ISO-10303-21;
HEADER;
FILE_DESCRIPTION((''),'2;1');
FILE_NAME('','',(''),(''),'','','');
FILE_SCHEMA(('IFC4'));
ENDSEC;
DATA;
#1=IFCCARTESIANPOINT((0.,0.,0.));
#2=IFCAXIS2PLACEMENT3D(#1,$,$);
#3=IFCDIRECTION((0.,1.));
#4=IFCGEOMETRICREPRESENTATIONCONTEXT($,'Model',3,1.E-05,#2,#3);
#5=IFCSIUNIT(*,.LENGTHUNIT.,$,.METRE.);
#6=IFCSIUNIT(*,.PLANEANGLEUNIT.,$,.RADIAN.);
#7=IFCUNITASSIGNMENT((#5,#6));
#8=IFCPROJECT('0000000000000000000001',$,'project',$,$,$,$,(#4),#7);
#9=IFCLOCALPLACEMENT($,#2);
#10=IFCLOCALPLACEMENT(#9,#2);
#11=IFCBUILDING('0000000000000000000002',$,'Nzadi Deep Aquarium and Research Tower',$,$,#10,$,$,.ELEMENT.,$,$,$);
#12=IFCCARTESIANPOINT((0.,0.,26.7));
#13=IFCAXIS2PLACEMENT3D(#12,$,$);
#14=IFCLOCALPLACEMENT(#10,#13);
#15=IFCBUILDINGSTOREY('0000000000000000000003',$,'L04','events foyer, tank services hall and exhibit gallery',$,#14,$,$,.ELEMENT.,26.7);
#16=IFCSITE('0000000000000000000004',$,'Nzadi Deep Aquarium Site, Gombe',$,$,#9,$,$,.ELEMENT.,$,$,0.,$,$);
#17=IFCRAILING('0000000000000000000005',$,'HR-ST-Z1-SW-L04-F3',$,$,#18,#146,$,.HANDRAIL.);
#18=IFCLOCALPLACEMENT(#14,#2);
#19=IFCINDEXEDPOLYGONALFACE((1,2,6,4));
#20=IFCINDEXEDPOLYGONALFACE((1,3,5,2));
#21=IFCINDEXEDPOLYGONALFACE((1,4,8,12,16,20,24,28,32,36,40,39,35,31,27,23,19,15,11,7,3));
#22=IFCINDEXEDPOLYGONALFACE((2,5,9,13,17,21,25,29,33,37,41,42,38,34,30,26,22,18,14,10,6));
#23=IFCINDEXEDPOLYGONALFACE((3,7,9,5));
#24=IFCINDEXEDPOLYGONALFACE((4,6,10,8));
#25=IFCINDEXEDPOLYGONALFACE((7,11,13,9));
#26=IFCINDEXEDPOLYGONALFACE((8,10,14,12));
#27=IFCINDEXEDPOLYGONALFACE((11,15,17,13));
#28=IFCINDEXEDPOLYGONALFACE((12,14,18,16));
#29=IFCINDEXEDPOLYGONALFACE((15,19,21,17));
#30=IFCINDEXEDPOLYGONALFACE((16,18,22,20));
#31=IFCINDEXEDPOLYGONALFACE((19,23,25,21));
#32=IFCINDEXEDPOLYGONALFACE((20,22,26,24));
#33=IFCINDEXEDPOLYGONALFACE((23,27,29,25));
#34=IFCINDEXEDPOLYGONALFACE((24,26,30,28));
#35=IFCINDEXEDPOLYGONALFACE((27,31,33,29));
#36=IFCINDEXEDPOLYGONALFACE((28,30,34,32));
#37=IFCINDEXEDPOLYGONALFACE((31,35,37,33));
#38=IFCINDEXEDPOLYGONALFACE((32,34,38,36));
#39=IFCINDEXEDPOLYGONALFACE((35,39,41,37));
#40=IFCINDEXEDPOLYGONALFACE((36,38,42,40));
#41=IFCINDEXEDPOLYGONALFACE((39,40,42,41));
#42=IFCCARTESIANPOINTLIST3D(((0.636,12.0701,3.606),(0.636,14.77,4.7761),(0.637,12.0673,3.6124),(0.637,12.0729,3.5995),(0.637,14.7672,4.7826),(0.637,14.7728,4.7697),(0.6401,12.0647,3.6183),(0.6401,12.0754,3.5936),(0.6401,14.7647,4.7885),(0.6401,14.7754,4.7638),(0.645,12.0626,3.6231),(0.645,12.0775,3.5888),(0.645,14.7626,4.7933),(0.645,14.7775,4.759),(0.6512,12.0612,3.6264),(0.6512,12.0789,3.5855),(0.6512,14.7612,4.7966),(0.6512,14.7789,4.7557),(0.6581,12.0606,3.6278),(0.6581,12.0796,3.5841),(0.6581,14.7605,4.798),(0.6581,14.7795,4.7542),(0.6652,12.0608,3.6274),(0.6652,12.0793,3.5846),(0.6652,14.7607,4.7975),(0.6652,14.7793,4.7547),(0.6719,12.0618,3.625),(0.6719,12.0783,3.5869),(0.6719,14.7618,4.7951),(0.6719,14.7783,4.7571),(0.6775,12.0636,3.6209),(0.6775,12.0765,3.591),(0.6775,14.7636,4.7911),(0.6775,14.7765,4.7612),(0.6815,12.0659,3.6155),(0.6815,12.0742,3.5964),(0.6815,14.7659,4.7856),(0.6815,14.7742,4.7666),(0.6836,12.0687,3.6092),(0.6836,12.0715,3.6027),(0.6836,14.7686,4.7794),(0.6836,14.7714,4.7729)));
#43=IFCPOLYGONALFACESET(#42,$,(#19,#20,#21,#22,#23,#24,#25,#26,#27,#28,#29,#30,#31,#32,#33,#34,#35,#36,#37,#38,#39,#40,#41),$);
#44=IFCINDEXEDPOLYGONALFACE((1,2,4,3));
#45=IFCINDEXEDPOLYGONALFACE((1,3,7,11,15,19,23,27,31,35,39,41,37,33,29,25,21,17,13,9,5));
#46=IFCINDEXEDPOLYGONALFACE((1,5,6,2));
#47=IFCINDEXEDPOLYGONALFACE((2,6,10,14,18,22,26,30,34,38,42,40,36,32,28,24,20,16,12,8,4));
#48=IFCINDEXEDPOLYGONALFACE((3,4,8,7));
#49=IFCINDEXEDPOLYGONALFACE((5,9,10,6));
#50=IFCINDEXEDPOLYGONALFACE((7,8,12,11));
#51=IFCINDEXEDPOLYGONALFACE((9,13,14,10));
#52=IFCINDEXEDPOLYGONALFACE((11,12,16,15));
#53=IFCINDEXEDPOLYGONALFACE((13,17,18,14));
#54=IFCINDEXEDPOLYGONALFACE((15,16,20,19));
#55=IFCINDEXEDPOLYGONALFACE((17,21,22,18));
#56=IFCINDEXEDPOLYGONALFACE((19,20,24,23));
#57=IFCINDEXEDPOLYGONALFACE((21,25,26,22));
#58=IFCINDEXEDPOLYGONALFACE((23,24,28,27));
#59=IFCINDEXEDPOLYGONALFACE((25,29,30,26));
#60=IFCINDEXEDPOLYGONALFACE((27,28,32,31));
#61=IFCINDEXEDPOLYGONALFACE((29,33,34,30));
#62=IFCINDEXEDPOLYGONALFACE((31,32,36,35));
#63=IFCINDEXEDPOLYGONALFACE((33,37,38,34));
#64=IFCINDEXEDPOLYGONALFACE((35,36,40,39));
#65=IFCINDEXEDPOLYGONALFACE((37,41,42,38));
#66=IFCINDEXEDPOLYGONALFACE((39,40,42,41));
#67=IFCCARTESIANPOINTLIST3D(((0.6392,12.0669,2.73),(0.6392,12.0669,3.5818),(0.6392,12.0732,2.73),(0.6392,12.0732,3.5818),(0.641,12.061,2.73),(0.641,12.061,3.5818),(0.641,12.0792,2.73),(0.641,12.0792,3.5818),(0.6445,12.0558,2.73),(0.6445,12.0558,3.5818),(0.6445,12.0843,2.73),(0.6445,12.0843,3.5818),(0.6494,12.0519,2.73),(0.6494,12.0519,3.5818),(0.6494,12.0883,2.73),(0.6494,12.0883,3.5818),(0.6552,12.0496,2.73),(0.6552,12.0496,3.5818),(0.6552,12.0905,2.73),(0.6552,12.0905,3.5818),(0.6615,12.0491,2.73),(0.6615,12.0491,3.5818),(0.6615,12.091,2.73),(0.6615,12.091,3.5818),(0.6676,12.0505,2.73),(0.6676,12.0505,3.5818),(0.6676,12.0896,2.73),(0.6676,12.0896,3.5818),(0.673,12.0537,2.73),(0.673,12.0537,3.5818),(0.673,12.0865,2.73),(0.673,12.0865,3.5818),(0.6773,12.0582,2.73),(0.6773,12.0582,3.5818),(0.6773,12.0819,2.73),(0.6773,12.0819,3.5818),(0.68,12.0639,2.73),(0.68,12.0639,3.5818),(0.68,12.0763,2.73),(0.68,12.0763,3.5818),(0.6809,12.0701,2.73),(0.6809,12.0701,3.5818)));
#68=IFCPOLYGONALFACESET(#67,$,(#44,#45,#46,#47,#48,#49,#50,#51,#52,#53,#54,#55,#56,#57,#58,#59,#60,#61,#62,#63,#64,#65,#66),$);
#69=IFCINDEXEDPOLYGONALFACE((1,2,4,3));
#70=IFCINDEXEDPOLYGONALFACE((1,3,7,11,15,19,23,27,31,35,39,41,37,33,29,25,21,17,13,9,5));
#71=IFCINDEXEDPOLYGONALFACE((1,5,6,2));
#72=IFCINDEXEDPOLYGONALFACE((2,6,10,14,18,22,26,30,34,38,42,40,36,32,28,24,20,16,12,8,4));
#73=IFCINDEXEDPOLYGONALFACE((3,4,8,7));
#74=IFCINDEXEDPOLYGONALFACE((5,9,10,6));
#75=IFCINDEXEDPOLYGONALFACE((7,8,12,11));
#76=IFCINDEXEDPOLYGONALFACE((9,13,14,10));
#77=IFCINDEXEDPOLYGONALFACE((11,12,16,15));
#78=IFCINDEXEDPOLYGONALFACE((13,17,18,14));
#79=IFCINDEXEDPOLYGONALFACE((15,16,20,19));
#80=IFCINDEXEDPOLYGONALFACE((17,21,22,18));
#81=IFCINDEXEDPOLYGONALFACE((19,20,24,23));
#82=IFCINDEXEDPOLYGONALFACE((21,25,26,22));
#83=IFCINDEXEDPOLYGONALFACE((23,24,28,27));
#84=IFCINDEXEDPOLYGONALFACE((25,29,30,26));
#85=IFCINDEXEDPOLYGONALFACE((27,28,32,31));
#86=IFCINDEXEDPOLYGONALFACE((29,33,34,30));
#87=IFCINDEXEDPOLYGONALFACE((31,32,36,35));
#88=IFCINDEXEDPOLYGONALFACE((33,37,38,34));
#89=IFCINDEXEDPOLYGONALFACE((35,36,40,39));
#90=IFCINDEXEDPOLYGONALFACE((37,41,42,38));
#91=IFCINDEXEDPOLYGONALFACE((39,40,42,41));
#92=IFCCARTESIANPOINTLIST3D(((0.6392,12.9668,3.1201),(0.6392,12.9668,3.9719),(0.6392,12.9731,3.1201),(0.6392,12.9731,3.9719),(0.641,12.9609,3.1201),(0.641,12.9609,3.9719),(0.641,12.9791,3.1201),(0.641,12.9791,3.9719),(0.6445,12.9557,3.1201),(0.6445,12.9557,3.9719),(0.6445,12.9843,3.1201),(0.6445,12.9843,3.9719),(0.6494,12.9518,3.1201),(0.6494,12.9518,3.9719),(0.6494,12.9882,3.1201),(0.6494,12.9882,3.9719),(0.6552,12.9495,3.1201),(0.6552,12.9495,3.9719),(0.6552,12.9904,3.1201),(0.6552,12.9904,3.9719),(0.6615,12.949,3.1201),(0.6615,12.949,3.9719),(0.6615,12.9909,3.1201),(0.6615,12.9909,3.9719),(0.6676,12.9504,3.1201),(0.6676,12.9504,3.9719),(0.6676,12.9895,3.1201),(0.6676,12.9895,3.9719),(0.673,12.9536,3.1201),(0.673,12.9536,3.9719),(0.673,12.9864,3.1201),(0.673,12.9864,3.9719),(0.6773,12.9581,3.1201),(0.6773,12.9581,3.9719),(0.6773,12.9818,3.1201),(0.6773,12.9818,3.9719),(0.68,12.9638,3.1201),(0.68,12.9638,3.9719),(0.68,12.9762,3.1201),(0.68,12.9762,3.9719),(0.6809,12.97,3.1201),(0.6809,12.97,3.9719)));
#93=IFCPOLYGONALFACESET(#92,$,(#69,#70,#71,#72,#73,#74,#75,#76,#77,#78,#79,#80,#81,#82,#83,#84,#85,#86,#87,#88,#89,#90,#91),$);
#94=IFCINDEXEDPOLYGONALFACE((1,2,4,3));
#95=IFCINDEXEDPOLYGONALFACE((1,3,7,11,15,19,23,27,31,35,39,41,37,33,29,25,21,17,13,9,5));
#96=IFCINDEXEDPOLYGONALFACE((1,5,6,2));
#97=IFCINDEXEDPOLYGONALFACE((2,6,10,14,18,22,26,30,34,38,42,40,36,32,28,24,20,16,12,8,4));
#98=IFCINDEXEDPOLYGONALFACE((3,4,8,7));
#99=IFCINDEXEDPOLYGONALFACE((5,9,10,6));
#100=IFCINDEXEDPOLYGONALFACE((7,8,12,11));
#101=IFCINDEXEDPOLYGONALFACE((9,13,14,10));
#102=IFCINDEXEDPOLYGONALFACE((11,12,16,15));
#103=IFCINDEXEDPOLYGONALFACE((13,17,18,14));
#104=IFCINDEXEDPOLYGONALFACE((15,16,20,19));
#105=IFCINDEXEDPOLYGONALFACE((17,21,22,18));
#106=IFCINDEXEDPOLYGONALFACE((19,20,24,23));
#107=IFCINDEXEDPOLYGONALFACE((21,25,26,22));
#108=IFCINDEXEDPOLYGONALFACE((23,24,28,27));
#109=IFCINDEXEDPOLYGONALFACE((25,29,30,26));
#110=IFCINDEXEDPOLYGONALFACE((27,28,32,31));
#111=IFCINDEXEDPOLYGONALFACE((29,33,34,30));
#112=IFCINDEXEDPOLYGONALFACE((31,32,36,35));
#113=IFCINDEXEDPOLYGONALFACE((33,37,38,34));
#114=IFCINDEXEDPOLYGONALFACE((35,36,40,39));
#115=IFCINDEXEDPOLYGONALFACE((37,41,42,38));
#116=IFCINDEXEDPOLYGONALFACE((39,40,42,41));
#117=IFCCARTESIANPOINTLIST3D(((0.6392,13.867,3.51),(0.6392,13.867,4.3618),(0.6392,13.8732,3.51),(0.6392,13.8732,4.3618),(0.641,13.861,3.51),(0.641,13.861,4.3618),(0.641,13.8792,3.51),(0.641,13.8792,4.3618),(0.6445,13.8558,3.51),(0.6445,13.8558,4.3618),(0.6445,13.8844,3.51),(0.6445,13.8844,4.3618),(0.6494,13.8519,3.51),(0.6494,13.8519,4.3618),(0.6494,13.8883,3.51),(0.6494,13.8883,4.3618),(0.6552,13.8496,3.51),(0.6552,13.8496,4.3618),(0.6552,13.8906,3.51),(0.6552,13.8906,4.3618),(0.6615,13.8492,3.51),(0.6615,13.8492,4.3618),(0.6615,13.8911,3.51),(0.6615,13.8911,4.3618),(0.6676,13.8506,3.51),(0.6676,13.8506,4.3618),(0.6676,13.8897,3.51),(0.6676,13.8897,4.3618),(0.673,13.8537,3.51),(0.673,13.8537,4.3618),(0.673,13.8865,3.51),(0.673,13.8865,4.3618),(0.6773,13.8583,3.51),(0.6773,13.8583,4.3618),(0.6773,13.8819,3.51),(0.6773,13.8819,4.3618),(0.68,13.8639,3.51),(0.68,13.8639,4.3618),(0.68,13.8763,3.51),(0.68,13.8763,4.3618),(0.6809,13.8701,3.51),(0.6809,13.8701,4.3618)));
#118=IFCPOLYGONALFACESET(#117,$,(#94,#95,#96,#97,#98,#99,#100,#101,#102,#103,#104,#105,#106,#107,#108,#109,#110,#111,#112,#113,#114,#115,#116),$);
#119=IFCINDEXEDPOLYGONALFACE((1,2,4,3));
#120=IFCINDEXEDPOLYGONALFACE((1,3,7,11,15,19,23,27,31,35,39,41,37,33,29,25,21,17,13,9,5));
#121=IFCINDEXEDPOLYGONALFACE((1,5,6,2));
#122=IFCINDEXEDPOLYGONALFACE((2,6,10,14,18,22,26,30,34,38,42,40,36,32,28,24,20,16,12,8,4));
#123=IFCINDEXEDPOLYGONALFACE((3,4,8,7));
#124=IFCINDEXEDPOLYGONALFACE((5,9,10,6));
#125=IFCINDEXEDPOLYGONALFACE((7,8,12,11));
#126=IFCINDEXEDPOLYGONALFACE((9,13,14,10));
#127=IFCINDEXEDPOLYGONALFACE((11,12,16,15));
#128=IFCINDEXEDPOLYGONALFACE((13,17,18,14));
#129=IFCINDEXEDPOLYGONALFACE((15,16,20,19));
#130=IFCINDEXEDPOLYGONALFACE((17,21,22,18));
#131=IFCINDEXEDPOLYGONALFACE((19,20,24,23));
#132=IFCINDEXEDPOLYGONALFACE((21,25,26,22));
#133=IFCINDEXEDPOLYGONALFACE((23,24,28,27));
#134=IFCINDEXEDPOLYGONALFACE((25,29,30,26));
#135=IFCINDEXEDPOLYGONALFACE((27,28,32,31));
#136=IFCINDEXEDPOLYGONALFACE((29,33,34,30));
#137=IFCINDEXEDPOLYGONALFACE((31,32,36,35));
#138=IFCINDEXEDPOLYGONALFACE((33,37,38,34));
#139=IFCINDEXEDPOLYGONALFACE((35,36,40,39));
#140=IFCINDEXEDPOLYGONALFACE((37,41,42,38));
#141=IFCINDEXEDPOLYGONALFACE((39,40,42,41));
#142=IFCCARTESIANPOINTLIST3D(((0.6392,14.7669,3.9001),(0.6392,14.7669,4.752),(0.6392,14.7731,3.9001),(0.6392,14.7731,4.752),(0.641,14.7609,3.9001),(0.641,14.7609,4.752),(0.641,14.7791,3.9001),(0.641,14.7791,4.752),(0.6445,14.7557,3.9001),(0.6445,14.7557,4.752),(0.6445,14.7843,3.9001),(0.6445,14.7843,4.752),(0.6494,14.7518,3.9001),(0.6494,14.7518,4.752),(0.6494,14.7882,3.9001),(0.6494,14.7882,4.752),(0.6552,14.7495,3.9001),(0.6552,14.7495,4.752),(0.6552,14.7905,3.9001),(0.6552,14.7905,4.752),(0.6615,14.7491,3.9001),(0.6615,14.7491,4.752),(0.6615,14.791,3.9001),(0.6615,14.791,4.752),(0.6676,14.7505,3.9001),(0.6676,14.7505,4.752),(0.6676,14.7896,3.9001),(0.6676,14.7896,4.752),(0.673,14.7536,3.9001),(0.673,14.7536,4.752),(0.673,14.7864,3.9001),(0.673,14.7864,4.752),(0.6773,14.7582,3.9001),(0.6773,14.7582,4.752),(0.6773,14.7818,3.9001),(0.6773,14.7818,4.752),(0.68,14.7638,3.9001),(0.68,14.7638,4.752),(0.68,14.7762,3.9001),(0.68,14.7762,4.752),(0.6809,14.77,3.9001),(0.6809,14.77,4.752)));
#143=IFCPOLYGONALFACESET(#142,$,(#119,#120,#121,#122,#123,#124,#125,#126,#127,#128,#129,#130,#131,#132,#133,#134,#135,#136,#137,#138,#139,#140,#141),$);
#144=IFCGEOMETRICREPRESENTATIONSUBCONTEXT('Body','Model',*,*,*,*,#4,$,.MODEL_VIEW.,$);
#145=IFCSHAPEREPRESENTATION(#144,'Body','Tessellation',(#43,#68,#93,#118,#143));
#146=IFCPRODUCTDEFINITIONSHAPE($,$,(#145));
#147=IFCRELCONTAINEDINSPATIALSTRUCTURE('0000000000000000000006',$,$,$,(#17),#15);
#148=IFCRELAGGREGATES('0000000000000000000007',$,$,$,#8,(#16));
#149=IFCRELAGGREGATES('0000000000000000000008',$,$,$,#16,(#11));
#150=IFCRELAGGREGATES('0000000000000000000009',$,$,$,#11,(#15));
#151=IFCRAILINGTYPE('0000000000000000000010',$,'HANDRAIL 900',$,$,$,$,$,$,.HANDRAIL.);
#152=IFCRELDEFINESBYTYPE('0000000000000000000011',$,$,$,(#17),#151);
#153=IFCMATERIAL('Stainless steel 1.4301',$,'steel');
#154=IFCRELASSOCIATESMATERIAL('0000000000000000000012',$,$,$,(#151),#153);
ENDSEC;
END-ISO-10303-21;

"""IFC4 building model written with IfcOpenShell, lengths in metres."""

from ifc_helpers import new_model, si_unit, direction, frame, origin, origin_2d, place, context, subcontext, project, spatial, circle, extrude, material, type_object, element, save


model = new_model("IFC4")

# Units and contexts
model_context = context("Model", 3, precision=1e-05, world=origin(), true_north=direction((0.0, 1.0)))
body_context = subcontext(model_context, "Body", "Model", "MODEL_VIEW")
ifc_project = project(units=[si_unit("LENGTHUNIT", "METRE"), si_unit("PLANEANGLEUNIT", "RADIAN")], contexts=[model_context])

# Site, building, storey
site_placement = place(None, origin())
site = spatial("IfcSite", under=ifc_project, at=site_placement, Name="Nzadi Deep Aquarium Site, Gombe", CompositionType="ELEMENT", RefElevation=0.0)
building_placement = place(site_placement, origin())
building = spatial("IfcBuilding", under=site, at=building_placement, Name="Nzadi Deep Aquarium and Research Tower", CompositionType="ELEMENT")
storey_placement = place(building_placement, frame((0.0, 0.0, 26.7)))
storey = spatial("IfcBuildingStorey", under=building, at=storey_placement, Name="L04", Description="events foyer, tank services hall and exhibit gallery", CompositionType="ELEMENT", Elevation=26.7)

# Railing
ifc_material_1 = material(Name="Stainless steel 1.4301", Category="steel")
railing_type = type_object("IfcRailingType", Name="HANDRAIL 900", PredefinedType="HANDRAIL", material=ifc_material_1)
railing_placement = place(storey_placement, frame((0.6599, 12.0701, 2.73)))
element("IfcRailing", 1, at=railing_placement, inside=storey, type_object=railing_type, Name="HR-ST-Z1-SW-L04-F3", PredefinedType="HANDRAIL", context=body_context, shape_type="SweptSolid", body=[
    extrude(circle(Radius=0.0239, at=origin_2d()), frame((0.0, 0.0, 0.876), z_axis=(0.0, 0.917532, 0.397661), x_axis=(-1.0, 0.0, 0.0)), (0.0, 0.0, 1.0), 2.9426),
    extrude(circle(Radius=0.021, at=origin_2d()), origin(), (0.0, 0.0, 1.0), 0.8518),
    extrude(circle(Radius=0.021, at=origin_2d()), frame((0.0, 0.8999, 0.3901)), (0.0, 0.0, 1.0), 0.8518),
    extrude(circle(Radius=0.021, at=origin_2d()), frame((0.0, 1.8, 0.78)), (0.0, 0.0, 1.0), 0.8518),
    extrude(circle(Radius=0.021, at=origin_2d()), frame((0.0, 2.7, 1.1702)), (0.0, 0.0, 1.0), 0.8518),
])

save(model, "model.ifc")
